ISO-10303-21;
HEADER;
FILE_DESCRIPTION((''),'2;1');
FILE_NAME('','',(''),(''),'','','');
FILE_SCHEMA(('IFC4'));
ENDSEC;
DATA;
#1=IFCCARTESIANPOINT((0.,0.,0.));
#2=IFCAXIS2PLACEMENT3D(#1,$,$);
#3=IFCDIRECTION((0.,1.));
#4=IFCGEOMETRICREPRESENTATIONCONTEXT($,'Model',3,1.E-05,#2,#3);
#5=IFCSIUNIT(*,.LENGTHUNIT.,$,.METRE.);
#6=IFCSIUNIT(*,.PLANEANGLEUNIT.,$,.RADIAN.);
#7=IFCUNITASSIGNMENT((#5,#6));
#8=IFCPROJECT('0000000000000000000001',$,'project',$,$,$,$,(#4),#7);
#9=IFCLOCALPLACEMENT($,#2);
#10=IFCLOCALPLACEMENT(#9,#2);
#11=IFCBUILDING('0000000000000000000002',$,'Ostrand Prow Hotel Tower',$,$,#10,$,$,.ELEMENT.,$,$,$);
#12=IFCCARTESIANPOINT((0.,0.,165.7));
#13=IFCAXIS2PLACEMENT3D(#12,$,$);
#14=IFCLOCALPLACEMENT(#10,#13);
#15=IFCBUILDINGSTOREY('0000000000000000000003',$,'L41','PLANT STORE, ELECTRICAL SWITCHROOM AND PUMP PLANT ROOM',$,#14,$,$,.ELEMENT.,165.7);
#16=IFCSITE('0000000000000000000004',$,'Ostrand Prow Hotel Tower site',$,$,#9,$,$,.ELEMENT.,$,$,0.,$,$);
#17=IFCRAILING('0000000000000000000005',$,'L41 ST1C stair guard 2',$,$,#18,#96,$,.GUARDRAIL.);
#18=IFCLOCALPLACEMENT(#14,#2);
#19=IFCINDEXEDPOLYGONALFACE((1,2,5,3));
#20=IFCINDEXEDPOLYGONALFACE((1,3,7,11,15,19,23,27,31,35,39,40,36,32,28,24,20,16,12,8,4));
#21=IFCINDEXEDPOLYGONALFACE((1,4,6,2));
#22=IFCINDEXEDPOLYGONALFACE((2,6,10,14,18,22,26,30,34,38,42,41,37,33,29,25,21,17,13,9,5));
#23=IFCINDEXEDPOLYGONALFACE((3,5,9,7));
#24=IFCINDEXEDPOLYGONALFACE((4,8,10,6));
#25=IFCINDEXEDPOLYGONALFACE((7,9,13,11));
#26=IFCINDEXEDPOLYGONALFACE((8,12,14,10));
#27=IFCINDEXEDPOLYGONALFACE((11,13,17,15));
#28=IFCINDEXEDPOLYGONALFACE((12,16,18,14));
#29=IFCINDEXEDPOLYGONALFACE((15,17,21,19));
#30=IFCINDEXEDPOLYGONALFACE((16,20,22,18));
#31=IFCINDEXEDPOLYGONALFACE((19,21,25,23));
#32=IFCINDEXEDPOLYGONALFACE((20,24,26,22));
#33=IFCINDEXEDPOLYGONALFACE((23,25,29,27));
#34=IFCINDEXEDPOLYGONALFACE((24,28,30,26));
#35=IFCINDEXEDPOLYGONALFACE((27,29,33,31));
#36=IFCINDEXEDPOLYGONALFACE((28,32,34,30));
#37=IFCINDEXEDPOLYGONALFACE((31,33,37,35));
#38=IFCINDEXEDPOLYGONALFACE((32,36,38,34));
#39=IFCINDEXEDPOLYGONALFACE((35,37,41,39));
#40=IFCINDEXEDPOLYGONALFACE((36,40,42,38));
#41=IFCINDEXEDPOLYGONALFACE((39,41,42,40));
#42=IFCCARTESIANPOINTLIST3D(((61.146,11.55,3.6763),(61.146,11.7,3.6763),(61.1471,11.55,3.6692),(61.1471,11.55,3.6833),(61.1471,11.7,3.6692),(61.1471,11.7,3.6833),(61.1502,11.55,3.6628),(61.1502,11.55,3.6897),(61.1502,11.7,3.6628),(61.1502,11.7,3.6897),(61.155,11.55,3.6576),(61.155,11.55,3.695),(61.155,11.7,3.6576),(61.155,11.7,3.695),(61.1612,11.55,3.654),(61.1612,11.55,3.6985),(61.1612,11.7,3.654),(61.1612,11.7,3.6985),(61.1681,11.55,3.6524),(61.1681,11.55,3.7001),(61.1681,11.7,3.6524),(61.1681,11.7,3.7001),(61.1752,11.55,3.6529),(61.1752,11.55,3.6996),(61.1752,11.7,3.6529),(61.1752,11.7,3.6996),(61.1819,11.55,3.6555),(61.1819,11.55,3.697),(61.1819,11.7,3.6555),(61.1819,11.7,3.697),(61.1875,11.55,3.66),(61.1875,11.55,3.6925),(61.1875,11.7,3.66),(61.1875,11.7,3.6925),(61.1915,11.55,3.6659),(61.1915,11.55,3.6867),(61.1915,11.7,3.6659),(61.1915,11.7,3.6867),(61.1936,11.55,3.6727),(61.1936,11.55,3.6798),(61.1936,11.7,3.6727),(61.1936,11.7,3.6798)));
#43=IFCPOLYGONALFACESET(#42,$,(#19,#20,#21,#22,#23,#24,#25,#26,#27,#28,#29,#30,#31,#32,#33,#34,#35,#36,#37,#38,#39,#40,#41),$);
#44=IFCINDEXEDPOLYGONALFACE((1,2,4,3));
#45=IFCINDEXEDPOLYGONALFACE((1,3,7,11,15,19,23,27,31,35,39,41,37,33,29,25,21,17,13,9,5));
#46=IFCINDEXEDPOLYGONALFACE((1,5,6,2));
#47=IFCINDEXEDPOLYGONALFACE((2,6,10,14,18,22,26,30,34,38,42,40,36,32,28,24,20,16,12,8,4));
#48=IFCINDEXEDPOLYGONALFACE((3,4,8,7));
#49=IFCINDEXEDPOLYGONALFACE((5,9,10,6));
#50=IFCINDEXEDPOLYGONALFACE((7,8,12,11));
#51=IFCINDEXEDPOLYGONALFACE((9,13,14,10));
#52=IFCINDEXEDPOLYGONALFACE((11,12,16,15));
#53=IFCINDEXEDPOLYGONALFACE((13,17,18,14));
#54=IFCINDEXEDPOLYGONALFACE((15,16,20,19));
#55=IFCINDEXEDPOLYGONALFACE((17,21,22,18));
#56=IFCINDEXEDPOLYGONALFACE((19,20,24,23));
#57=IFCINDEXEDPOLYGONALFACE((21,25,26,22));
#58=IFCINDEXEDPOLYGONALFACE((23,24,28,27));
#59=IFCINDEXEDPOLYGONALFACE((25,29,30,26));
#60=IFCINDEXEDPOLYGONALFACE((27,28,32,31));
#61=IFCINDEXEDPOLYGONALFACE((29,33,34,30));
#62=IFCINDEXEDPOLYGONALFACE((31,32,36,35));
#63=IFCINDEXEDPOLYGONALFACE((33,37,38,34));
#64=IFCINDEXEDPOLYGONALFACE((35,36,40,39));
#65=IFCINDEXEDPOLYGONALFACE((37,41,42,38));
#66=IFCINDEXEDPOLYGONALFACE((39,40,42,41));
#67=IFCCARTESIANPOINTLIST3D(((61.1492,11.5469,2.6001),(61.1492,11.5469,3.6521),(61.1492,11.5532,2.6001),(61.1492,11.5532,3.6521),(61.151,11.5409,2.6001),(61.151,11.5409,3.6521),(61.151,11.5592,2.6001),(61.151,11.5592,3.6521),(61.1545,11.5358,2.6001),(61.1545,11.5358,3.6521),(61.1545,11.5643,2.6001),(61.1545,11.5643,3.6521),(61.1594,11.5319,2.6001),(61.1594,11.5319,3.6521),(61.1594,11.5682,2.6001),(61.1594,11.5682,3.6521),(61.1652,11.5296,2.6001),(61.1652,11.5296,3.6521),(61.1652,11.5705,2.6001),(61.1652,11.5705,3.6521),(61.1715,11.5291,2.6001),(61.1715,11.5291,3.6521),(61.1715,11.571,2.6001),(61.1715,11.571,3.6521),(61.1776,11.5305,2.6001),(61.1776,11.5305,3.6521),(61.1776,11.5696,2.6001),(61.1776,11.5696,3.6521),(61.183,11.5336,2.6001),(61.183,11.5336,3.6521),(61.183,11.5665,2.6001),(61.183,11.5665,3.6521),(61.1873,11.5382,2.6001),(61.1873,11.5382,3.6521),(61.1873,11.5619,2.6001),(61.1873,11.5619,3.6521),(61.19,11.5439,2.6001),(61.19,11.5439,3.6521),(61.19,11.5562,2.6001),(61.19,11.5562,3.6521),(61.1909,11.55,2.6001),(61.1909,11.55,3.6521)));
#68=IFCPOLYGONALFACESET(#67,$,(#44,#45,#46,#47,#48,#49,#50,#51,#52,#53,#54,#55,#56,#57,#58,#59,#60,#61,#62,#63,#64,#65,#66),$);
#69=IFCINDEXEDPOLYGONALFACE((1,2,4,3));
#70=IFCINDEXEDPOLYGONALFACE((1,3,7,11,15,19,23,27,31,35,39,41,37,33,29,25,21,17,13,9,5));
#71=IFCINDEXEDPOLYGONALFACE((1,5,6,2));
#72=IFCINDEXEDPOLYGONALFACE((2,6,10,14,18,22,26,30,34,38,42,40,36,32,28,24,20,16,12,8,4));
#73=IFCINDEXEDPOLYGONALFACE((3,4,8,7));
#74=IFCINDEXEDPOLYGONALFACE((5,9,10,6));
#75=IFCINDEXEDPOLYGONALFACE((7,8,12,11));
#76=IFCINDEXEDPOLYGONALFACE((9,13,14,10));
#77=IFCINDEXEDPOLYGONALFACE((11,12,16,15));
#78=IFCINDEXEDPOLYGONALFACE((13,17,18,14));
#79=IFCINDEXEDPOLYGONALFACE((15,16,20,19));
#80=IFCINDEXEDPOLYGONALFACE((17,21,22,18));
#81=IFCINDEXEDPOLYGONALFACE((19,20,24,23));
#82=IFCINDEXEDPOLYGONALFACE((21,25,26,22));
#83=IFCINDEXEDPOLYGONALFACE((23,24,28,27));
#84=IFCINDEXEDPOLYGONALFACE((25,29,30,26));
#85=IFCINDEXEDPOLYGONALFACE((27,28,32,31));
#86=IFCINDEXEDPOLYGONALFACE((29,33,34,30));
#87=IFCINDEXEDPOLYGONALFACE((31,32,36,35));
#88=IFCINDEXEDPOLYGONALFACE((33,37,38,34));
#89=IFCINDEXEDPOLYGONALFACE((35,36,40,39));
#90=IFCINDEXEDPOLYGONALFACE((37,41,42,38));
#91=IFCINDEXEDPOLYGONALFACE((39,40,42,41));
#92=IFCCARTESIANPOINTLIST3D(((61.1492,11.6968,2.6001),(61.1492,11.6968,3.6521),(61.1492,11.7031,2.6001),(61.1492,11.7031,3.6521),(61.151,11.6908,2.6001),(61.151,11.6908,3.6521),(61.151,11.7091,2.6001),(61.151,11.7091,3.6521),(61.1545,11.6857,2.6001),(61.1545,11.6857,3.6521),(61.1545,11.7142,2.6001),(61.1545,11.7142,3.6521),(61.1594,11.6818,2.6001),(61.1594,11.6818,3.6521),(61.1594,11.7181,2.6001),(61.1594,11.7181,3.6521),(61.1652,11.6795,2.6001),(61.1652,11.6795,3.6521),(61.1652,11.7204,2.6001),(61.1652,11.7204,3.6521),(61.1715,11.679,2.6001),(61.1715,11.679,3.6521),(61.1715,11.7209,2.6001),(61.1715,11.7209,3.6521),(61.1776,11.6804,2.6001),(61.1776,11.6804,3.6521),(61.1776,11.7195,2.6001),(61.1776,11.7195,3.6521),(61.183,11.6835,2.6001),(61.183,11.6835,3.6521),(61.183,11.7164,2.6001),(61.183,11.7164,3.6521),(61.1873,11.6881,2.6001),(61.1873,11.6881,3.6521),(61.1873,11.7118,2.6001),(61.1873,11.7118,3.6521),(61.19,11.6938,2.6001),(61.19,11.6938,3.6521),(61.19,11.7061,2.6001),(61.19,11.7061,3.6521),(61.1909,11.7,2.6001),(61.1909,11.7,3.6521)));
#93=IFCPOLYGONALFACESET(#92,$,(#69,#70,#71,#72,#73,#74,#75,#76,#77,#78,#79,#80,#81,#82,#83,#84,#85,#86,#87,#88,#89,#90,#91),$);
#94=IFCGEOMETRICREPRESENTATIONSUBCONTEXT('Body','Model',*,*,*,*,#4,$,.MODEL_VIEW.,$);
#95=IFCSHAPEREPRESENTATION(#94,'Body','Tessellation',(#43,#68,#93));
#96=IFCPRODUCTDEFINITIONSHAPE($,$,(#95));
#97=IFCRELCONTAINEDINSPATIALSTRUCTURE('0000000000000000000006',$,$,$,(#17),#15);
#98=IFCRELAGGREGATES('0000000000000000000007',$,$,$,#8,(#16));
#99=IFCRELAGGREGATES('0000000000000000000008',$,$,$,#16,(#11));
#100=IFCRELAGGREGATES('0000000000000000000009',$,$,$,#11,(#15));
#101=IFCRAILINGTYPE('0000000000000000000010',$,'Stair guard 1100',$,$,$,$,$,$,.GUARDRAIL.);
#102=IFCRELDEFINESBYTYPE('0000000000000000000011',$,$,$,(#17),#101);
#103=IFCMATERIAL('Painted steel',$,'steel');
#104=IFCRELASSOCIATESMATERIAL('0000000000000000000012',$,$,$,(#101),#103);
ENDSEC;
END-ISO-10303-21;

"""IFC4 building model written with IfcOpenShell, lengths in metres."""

from ifc_helpers import new_model, si_unit, direction, frame, origin, origin_2d, place, context, subcontext, project, spatial, circle, extrude, material, type_object, element, save


model = new_model("IFC4")

# Units and contexts
model_context = context("Model", 3, precision=1e-05, world=origin(), true_north=direction((0.0, 1.0)))
body_context = subcontext(model_context, "Body", "Model", "MODEL_VIEW")
ifc_project = project(units=[si_unit("LENGTHUNIT", "METRE"), si_unit("PLANEANGLEUNIT", "RADIAN")], contexts=[model_context])

# Site, building, storey
site_placement = place(None, origin())
site = spatial("IfcSite", under=ifc_project, at=site_placement, Name="Ostrand Prow Hotel Tower site", CompositionType="ELEMENT", RefElevation=0.0)
building_placement = place(site_placement, origin())
building = spatial("IfcBuilding", under=site, at=building_placement, Name="Ostrand Prow Hotel Tower", CompositionType="ELEMENT")
storey_placement = place(building_placement, frame((0.0, 0.0, 165.7)))
storey = spatial("IfcBuildingStorey", under=building, at=storey_placement, Name="L41", Description="PLANT STORE, ELECTRICAL SWITCHROOM AND PUMP PLANT ROOM", CompositionType="ELEMENT", Elevation=165.7)

# Railing
ifc_material_1 = material(Name="Painted steel", Category="steel")
railing_type_1 = type_object("IfcRailingType", Name="Stair guard 1100", PredefinedType="GUARDRAIL", material=ifc_material_1)
railing_1_placement = place(storey_placement, frame((61.1699, 11.55, 2.6001)))
element("IfcRailing", 1, at=railing_1_placement, inside=storey, type_object=railing_type_1, Name="L41 ST1C stair guard 2", PredefinedType="GUARDRAIL", context=body_context, shape_type="SweptSolid", body=[
    extrude(circle(Radius=0.0239, at=origin_2d()), frame((0.0, 0.0, 1.0762), z_axis=(0.0, 1.0, 0.0), x_axis=(-1.0, 0.0, 0.0)), (0.0, 0.0, 1.0), 0.1499),
    extrude(circle(Radius=0.021, at=origin_2d()), origin(), (0.0, 0.0, 1.0), 1.052),
    extrude(circle(Radius=0.021, at=origin_2d()), frame((0.0, 0.1499, 0.0)), (0.0, 0.0, 1.0), 1.052),
])

save(model, "model.ifc")
